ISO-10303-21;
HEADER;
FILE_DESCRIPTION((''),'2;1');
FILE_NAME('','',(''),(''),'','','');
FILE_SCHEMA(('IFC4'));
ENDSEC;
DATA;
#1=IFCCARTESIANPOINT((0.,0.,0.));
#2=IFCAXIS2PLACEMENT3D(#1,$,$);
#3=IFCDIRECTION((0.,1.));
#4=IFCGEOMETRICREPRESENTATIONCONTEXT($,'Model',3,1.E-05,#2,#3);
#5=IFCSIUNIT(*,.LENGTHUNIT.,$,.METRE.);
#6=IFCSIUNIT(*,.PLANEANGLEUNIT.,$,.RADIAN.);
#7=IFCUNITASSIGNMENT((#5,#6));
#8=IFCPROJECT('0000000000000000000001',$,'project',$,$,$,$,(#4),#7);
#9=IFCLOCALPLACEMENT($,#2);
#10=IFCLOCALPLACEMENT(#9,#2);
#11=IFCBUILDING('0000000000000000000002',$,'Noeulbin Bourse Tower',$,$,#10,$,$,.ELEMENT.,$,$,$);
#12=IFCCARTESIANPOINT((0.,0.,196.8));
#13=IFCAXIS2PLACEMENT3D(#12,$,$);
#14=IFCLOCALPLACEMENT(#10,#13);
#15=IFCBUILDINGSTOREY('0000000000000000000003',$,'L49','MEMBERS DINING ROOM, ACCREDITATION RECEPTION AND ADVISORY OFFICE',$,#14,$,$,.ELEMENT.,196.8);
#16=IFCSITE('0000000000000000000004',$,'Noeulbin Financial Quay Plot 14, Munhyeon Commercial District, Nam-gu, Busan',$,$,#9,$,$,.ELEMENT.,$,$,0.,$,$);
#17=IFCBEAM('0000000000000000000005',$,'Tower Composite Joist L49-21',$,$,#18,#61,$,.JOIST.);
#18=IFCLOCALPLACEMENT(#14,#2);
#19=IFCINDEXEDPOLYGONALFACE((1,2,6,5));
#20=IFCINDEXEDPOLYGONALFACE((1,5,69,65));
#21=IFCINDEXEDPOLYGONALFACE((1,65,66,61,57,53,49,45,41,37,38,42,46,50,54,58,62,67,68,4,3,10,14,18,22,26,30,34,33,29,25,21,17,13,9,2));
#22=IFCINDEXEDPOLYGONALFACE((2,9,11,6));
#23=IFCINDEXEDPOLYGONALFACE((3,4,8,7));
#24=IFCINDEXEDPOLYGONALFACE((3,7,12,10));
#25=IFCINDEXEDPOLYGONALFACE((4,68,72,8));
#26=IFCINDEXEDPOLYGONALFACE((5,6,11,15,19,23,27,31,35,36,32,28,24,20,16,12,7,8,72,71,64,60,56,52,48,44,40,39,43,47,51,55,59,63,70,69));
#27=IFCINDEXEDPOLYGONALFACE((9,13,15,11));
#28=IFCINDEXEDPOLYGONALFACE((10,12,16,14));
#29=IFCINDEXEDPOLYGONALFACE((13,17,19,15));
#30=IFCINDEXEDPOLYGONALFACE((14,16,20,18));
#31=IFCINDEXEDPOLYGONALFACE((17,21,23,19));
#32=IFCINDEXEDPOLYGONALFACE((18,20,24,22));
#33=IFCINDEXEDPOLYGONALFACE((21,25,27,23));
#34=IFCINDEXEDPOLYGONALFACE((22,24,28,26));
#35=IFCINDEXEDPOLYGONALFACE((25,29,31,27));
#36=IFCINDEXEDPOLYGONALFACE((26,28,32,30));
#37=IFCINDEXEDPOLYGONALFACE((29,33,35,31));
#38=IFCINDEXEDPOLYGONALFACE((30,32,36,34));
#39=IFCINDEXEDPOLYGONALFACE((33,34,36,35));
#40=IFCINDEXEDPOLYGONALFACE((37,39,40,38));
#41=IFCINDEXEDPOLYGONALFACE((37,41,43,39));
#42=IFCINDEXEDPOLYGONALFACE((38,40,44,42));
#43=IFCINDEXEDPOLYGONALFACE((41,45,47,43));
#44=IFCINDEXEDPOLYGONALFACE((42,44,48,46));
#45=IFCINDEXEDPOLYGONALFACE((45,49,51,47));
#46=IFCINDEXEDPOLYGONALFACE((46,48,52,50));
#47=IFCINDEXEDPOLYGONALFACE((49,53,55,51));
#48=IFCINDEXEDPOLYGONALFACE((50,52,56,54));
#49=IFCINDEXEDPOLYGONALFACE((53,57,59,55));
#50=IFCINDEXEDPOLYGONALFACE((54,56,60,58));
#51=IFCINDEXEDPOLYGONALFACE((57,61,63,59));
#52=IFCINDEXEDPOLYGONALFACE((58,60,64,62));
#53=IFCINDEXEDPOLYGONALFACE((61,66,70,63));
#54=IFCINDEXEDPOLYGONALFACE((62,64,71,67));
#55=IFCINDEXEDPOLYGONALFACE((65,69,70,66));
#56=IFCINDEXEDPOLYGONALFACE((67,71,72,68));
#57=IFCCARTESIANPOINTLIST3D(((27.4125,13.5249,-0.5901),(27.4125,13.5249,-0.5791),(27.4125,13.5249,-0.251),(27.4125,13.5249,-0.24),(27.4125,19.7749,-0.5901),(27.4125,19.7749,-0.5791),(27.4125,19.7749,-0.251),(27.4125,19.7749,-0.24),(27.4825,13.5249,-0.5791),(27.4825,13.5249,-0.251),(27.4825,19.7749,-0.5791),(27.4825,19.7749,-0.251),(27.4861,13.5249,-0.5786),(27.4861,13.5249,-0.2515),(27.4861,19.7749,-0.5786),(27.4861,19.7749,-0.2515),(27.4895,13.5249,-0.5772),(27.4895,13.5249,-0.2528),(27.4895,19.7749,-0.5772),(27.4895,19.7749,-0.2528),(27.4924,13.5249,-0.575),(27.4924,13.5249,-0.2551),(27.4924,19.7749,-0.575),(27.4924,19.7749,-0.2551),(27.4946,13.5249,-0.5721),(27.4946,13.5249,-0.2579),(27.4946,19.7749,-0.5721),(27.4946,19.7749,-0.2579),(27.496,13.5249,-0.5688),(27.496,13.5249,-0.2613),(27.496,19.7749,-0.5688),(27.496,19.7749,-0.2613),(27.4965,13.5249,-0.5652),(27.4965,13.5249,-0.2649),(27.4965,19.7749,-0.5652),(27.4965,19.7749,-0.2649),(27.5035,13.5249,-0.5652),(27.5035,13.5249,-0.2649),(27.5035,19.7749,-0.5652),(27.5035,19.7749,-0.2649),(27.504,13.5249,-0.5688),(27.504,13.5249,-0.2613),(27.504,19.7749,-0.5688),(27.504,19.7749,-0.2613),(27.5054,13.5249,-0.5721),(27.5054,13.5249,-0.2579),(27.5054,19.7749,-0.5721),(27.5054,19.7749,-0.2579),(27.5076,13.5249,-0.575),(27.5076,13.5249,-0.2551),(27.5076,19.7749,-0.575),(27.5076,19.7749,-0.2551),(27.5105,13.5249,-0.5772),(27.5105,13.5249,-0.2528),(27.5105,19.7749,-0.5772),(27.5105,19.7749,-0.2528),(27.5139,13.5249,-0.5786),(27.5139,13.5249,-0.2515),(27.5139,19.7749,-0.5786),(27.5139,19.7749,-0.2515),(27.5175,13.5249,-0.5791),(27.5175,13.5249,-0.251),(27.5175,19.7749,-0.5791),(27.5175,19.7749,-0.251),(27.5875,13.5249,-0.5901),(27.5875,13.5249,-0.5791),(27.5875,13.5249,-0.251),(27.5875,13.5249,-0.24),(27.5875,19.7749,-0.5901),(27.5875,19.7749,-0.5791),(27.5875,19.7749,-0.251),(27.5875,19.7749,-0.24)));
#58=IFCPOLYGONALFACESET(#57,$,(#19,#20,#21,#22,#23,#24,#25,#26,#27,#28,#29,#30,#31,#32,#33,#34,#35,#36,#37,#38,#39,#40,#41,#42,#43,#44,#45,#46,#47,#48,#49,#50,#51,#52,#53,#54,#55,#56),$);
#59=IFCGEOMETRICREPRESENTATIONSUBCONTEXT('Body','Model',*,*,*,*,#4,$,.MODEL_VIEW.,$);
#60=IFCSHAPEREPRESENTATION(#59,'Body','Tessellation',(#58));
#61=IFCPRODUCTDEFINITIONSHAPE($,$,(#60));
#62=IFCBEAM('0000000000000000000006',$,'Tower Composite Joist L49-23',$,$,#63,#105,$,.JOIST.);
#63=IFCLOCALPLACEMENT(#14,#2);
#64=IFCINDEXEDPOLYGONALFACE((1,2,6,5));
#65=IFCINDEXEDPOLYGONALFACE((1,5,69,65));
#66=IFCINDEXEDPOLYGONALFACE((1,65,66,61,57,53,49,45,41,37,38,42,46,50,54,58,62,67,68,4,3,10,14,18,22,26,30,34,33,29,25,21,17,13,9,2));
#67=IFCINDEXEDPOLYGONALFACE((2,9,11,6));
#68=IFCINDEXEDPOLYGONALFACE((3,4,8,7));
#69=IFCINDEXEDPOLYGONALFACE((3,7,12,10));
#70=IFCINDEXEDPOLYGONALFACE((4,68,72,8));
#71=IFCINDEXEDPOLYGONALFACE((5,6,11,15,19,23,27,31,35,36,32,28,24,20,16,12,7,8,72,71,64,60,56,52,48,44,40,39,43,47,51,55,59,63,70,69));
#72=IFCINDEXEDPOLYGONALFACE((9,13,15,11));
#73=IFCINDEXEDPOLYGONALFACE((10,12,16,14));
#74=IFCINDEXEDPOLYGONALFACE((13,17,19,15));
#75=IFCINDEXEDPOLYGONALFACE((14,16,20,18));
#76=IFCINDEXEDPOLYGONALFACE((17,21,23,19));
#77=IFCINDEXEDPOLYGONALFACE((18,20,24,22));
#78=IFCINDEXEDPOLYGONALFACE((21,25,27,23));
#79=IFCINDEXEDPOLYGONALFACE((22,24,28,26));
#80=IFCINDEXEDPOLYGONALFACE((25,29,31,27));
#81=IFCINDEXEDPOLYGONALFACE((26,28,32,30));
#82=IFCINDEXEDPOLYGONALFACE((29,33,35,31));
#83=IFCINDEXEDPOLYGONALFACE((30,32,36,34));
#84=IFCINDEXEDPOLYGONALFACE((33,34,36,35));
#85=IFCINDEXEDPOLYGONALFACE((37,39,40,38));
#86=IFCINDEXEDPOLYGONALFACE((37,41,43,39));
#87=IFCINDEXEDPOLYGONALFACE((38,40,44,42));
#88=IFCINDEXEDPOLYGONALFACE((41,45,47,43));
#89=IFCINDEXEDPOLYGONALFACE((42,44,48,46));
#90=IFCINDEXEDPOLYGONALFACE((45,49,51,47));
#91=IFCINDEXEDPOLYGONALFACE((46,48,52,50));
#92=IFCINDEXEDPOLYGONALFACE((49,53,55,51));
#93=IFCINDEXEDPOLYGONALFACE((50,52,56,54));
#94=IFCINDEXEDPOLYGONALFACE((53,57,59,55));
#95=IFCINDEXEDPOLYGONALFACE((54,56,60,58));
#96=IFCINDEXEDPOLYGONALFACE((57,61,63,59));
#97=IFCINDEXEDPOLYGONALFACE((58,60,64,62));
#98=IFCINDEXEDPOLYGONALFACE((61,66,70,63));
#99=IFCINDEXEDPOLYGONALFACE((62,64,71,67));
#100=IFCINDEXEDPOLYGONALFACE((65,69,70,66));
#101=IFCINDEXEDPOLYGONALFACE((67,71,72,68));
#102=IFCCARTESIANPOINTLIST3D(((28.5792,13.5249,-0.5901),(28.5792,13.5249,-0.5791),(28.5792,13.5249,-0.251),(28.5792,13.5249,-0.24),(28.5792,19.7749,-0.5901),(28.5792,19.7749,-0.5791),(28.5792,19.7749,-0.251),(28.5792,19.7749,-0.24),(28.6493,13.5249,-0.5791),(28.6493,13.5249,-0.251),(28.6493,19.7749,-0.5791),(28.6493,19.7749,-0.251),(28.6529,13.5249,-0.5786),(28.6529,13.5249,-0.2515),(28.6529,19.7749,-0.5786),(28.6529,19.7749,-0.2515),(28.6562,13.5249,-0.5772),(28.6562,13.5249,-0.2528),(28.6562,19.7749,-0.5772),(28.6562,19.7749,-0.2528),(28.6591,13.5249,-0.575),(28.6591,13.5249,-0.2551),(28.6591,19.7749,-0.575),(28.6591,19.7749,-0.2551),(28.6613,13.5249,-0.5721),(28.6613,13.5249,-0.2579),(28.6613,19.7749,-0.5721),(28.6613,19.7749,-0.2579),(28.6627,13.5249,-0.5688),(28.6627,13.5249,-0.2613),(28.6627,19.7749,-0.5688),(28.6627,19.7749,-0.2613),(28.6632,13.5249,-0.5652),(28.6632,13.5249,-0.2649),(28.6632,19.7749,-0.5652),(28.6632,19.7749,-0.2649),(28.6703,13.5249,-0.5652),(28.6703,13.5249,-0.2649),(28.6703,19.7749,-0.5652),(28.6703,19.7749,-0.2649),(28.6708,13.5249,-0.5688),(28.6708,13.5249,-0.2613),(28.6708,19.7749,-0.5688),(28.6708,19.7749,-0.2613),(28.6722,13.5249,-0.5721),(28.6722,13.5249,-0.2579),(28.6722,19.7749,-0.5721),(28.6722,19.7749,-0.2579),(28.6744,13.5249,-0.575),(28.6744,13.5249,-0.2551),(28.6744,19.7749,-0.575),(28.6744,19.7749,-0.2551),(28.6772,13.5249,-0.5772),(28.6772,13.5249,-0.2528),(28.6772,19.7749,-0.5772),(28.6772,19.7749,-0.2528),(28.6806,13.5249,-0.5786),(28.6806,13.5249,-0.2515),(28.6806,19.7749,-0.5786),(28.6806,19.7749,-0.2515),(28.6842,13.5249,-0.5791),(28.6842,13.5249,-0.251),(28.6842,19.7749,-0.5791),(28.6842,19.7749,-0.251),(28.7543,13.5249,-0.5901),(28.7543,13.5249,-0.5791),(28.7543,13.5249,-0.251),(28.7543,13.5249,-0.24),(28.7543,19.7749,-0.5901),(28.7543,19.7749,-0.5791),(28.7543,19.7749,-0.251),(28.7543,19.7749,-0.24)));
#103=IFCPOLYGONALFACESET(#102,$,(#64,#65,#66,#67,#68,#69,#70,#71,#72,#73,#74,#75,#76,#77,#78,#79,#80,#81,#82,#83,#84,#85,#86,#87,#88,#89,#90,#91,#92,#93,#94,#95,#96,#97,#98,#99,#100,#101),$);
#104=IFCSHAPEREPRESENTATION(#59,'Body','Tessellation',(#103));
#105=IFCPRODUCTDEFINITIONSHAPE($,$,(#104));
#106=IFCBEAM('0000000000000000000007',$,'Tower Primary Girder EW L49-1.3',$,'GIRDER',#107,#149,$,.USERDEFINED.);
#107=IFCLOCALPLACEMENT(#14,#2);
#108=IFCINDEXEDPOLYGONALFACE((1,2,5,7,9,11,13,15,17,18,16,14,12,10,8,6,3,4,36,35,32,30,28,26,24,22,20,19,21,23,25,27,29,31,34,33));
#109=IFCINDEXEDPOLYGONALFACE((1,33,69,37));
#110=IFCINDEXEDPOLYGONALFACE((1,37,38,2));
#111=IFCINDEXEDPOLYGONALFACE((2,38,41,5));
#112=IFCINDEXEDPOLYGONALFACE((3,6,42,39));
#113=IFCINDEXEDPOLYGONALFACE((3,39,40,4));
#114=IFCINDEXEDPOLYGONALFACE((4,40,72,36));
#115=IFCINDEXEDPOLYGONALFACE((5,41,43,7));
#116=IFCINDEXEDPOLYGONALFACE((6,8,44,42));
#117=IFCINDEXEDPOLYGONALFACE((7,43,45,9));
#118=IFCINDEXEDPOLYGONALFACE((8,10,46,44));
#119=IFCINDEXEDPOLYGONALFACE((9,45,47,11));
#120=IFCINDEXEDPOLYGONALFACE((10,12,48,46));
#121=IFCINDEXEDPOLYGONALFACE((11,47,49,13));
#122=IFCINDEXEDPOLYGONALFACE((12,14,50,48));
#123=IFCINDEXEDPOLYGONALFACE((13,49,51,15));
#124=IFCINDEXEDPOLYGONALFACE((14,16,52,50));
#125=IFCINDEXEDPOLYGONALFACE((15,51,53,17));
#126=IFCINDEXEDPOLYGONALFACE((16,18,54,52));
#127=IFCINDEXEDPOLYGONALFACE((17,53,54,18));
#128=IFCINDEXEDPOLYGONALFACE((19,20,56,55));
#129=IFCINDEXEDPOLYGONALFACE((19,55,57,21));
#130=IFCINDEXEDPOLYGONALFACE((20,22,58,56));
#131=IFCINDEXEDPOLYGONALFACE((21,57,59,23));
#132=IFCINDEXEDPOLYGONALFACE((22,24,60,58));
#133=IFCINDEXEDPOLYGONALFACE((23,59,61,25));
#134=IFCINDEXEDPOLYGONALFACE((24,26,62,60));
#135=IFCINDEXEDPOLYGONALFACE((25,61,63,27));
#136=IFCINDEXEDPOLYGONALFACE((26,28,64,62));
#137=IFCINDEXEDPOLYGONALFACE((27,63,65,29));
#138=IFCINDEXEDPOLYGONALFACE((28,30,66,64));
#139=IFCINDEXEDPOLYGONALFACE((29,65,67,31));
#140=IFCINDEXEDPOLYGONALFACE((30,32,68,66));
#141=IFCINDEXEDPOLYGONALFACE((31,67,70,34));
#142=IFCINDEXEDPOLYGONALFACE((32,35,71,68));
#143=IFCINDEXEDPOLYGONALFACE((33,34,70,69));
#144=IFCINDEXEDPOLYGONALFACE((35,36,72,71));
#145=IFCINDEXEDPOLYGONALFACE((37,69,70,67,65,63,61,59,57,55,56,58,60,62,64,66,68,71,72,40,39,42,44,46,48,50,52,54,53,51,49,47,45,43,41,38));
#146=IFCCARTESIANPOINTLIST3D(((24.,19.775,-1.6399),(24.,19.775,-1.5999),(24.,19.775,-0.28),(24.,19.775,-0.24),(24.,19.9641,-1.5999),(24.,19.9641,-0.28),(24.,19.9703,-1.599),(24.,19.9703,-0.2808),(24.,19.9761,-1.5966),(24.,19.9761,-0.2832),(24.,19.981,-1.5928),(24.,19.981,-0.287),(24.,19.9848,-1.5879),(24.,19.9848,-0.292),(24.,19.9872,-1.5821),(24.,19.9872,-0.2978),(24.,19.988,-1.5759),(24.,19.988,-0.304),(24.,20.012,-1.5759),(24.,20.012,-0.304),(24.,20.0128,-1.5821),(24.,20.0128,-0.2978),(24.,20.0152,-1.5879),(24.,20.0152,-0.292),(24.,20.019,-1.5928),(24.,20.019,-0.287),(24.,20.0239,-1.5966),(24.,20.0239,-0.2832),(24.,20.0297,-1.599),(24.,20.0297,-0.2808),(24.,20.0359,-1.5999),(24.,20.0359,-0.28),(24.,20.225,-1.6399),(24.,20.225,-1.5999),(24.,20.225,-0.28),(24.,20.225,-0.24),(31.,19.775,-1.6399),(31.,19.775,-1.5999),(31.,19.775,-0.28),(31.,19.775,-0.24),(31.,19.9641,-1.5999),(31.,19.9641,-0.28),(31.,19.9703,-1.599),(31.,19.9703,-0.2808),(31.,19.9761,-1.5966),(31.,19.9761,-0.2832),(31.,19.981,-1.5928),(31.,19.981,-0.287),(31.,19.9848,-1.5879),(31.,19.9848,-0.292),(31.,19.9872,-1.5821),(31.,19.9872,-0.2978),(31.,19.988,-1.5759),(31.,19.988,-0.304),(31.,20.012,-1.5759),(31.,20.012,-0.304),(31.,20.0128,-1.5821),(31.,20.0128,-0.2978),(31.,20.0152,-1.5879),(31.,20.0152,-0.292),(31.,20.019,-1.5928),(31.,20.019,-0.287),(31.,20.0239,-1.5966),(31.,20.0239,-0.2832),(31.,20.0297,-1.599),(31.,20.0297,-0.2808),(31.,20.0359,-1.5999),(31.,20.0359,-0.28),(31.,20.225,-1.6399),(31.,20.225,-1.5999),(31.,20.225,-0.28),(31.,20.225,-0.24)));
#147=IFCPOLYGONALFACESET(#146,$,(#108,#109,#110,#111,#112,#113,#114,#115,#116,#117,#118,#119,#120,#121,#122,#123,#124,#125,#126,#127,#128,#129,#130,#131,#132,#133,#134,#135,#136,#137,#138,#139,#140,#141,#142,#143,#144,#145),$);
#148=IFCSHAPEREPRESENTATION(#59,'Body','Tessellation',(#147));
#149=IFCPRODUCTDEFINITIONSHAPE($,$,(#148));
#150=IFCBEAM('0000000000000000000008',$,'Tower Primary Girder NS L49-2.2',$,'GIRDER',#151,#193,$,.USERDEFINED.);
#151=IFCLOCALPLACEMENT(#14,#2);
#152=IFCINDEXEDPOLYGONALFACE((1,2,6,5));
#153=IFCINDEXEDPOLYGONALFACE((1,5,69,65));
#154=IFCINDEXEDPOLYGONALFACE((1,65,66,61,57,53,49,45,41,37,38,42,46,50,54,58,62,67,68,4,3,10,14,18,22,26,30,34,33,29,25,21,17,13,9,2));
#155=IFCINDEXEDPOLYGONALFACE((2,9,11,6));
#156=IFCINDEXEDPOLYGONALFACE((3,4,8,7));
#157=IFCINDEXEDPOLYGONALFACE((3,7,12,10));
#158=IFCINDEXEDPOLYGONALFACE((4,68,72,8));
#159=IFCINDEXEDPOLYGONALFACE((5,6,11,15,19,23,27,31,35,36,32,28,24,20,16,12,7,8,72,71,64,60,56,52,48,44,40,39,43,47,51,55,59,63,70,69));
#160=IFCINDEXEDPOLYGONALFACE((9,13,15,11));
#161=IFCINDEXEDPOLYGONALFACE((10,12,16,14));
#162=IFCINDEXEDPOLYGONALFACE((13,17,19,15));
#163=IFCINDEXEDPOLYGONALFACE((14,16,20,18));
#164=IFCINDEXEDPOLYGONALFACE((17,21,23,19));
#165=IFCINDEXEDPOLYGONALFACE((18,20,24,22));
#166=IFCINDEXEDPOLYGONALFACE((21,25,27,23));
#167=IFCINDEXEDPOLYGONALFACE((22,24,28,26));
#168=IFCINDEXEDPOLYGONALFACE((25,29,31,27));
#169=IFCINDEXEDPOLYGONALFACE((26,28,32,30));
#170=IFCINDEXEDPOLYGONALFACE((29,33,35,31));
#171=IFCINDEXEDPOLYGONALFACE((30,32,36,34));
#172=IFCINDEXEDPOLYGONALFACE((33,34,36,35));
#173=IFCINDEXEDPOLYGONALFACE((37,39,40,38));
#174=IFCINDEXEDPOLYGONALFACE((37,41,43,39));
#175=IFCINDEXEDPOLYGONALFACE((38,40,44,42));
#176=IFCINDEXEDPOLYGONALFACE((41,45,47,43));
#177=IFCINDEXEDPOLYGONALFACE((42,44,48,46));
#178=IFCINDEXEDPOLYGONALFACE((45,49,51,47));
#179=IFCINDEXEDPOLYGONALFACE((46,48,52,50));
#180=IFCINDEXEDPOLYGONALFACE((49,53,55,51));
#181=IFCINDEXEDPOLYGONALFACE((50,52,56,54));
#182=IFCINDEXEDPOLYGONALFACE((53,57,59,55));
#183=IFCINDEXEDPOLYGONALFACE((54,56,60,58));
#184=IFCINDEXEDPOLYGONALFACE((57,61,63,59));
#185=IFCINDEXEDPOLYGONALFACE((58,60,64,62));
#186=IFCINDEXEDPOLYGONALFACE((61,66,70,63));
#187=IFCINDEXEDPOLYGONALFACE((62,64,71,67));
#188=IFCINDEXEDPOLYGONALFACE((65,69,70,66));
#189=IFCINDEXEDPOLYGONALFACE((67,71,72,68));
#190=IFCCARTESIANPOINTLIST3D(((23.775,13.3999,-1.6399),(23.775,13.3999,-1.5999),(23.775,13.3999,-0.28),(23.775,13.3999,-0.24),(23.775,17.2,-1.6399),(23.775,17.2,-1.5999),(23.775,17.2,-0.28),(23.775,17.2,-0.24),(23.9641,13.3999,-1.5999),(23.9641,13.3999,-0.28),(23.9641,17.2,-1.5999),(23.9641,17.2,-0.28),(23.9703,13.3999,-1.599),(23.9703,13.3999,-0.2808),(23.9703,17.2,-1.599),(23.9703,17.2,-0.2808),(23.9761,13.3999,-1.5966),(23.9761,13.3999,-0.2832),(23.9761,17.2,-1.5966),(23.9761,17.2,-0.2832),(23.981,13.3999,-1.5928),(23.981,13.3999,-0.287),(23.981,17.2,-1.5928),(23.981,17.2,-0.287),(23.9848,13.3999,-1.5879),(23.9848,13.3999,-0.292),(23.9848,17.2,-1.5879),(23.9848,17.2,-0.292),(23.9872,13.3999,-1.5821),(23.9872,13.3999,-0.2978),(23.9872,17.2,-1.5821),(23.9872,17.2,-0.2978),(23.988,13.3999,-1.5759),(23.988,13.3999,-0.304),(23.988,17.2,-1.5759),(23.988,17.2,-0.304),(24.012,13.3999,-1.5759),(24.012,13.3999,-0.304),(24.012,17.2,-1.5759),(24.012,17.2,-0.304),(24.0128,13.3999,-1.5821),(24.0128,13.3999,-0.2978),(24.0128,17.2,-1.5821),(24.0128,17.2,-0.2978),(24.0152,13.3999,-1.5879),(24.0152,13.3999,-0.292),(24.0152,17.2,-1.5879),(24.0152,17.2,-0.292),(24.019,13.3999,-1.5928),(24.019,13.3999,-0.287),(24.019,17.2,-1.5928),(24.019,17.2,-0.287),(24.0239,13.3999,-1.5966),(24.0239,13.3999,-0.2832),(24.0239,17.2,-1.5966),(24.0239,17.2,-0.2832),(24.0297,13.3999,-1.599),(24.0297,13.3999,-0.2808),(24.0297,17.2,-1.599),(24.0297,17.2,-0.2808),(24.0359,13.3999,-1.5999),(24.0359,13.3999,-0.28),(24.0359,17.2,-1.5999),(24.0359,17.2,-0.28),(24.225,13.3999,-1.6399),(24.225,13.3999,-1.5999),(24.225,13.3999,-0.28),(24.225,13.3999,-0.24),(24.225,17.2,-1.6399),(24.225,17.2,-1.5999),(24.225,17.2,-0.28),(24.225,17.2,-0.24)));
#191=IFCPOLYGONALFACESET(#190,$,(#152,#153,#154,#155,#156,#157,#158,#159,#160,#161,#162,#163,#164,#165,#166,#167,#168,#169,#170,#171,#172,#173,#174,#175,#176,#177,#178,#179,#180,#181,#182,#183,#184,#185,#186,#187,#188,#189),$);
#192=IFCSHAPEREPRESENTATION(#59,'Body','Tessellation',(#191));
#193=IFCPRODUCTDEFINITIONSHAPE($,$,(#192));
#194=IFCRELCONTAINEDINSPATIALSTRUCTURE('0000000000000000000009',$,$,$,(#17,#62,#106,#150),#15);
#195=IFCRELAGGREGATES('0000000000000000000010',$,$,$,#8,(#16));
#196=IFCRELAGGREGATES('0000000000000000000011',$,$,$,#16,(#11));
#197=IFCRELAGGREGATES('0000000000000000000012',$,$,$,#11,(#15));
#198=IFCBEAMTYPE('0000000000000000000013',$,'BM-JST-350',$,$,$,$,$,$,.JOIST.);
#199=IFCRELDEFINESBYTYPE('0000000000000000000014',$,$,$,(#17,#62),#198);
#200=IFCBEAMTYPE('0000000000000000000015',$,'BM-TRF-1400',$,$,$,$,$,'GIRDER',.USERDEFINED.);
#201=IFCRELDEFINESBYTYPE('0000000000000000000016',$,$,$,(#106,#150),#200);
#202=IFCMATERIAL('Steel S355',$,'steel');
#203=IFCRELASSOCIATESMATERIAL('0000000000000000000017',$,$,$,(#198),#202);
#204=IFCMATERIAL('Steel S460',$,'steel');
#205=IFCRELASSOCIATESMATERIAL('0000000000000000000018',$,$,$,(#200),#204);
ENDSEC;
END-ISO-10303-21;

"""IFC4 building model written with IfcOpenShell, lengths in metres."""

from ifc_helpers import new_model, si_unit, direction, frame, origin, origin_2d, place, context, subcontext, project, spatial, i_section, extrude, material, material_profile, profile_set, type_object, element, save


model = new_model("IFC4")

# Units and contexts
model_context = context("Model", 3, precision=1e-05, world=origin(), true_north=direction((0.0, 1.0)))
body_context = subcontext(model_context, "Body", "Model", "MODEL_VIEW")
ifc_project = project(units=[si_unit("LENGTHUNIT", "METRE"), si_unit("PLANEANGLEUNIT", "RADIAN")], contexts=[model_context])

# Site, building, storey
site_placement = place(None, origin())
site = spatial("IfcSite", under=ifc_project, at=site_placement, Name="Noeulbin Financial Quay Plot 14, Munhyeon Commercial District, Nam-gu, Busan", CompositionType="ELEMENT", RefElevation=0.0)
building_placement = place(site_placement, origin())
building = spatial("IfcBuilding", under=site, at=building_placement, Name="Noeulbin Bourse Tower", CompositionType="ELEMENT")
storey_placement = place(building_placement, frame((0.0, 0.0, 196.8)))
storey = spatial("IfcBuildingStorey", under=building, at=storey_placement, Name="L49", Description="MEMBERS DINING ROOM, ACCREDITATION RECEPTION AND ADVISORY OFFICE", CompositionType="ELEMENT", Elevation=196.8)

# Shared definitions
ifc_material_1 = material(Name="Steel S460", Category="steel")

# Beams
ifc_material_2 = material(Name="Steel S355", Category="steel")
ifc_material_profile_1 = material_profile(ifc_material_2, i_section(OverallWidth=0.175, OverallDepth=0.3501, WebThickness=0.0071, FlangeThickness=0.011, FilletRadius=0.0139, at=origin_2d()), Name="H-350x175x7x11", Category="LoadBearing")
ifc_profile_set_1 = profile_set([ifc_material_profile_1], Name="Steel S355")
beam_type_1 = type_object("IfcBeamType", Name="BM-JST-350", PredefinedType="JOIST", material=ifc_profile_set_1)
for number, where, z_axis, x_axis, name in (
    (1, (27.5, 13.5249, -0.415), (0.0, 1.0, 0.0), (-1.0, 0.0, 0.0), "Tower Composite Joist L49-21"),
    (2, (28.6667, 13.5249, -0.415), (0.0, 1.0, 0.0), (-1.0, 0.0, 0.0), "Tower Composite Joist L49-23"),
):
    element("IfcBeam", number, at=place(storey_placement, frame(where, z_axis=z_axis, x_axis=x_axis)), inside=storey, type_object=beam_type_1, Name=name, PredefinedType="JOIST", context=body_context, shape_type="SweptSolid", body=[
        extrude(i_section(OverallWidth=0.175, OverallDepth=0.3501, WebThickness=0.0071, FlangeThickness=0.011, FilletRadius=0.0139, at=origin_2d()), origin(), (0.0, 0.0, 1.0), 6.25),
    ])
ifc_material_profile_2 = material_profile(ifc_material_1, i_section(OverallWidth=0.45, OverallDepth=1.3999, WebThickness=0.0239, FlangeThickness=0.04, FilletRadius=0.0239, at=origin_2d()), Name="PG-1400x450x24x40", Category="LoadBearing")
ifc_profile_set_2 = profile_set([ifc_material_profile_2], Name="Steel S460")
beam_type_2 = type_object("IfcBeamType", Name="BM-TRF-1400", ElementType="GIRDER", PredefinedType="USERDEFINED", material=ifc_profile_set_2)
beam_1_placement = place(storey_placement, frame((24.0, 20.0, -0.9399), z_axis=(1.0, 0.0, 0.0), x_axis=(0.0, 1.0, 0.0)))
element("IfcBeam", 3, at=beam_1_placement, inside=storey, type_object=beam_type_2, Name="Tower Primary Girder EW L49-1.3", ObjectType="GIRDER", PredefinedType="USERDEFINED", context=body_context, shape_type="SweptSolid", body=[
    extrude(i_section(OverallWidth=0.45, OverallDepth=1.3999, WebThickness=0.0239, FlangeThickness=0.04, FilletRadius=0.0239, at=origin_2d()), origin(), (0.0, 0.0, 1.0), 7.0),
])
beam_2_placement = place(storey_placement, frame((24.0, 13.3999, -0.9399), z_axis=(0.0, 1.0, 0.0), x_axis=(-1.0, 0.0, 0.0)))
element("IfcBeam", 4, at=beam_2_placement, inside=storey, type_object=beam_type_2, Name="Tower Primary Girder NS L49-2.2", ObjectType="GIRDER", PredefinedType="USERDEFINED", context=body_context, shape_type="SweptSolid", body=[
    extrude(i_section(OverallWidth=0.45, OverallDepth=1.3999, WebThickness=0.0239, FlangeThickness=0.04, FilletRadius=0.0239, at=origin_2d()), origin(), (0.0, 0.0, 1.0), 3.8),
])

save(model, "model.ifc")
